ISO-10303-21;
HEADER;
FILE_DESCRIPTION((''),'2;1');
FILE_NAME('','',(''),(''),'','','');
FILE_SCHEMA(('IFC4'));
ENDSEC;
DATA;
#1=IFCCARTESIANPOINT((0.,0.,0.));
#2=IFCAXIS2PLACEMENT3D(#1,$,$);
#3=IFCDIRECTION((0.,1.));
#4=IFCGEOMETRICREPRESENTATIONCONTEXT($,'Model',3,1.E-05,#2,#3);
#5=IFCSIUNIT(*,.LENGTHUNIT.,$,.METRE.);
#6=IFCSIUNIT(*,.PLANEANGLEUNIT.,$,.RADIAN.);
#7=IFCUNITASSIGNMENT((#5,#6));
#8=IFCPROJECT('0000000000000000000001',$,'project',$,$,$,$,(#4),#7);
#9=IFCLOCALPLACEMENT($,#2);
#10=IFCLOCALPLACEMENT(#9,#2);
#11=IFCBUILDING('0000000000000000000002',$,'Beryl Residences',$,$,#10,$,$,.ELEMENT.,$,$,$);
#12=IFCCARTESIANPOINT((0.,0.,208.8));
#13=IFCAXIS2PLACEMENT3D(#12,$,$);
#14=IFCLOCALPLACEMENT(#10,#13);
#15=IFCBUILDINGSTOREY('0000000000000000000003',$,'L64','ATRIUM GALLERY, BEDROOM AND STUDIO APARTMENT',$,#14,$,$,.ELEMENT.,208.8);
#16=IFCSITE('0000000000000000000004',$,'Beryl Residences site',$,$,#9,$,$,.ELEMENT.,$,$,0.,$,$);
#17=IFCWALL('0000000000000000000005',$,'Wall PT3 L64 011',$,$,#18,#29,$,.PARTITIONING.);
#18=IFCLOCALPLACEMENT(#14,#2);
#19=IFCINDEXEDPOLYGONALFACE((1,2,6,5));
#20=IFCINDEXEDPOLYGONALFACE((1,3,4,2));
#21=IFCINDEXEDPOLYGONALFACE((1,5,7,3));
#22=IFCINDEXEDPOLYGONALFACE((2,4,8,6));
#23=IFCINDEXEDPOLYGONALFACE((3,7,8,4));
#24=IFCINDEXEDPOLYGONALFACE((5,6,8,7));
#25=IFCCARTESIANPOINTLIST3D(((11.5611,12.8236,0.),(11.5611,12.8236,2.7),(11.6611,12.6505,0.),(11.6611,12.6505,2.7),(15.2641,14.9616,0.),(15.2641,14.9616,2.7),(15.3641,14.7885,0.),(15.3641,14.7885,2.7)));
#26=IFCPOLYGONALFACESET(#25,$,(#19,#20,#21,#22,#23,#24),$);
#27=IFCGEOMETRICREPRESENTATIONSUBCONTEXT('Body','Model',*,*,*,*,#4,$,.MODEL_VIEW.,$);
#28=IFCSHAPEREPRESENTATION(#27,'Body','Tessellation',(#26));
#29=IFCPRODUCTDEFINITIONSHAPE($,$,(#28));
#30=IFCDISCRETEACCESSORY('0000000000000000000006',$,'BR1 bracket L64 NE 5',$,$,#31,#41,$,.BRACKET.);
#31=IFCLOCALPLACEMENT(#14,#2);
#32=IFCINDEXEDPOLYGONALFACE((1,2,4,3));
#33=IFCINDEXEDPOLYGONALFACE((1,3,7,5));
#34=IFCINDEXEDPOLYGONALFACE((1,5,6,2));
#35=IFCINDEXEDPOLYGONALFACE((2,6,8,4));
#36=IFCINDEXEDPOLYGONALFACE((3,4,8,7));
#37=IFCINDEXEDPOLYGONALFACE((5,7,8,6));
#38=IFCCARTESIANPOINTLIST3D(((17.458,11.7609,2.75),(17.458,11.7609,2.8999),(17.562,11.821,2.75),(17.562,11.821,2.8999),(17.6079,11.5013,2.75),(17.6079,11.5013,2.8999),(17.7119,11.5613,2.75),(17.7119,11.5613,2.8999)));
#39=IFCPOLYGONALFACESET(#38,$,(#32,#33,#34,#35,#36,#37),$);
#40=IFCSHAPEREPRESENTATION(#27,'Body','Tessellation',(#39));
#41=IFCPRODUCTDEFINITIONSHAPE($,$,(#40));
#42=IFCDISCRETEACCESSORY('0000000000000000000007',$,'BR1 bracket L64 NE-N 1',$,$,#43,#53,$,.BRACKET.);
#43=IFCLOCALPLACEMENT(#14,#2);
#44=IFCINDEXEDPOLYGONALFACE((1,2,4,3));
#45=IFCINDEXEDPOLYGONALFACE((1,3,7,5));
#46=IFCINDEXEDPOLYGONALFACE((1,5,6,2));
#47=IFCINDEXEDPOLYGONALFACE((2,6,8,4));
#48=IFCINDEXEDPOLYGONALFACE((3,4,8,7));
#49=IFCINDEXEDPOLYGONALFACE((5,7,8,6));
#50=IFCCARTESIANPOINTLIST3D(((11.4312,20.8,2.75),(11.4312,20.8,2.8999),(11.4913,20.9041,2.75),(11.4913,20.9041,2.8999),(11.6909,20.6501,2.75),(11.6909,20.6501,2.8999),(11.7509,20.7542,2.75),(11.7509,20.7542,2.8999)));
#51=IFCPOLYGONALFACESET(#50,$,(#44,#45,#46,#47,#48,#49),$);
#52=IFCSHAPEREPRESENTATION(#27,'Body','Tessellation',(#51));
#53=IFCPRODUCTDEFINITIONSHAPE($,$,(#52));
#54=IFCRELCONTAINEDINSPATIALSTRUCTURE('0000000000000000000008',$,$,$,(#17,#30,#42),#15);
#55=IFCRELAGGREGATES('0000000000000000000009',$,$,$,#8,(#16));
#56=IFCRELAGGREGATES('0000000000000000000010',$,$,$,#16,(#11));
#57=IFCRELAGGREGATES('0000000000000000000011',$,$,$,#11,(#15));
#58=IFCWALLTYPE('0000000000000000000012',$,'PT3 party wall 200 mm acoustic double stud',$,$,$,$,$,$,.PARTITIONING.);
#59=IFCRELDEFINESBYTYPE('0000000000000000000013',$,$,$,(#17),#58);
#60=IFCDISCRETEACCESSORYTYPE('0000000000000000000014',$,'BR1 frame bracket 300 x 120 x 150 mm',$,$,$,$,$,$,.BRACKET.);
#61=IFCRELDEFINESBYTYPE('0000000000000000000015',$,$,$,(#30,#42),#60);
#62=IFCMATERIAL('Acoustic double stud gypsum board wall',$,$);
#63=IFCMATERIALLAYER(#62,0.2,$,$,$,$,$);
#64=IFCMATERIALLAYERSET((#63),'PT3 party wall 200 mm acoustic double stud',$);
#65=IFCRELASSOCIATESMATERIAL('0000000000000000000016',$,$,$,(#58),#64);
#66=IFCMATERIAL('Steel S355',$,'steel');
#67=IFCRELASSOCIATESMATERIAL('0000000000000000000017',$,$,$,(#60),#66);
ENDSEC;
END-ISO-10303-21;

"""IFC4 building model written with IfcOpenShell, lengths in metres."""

from ifc_helpers import new_model, si_unit, direction, frame, frame_2d, origin, place, context, subcontext, project, spatial, polyline, rectangle, outline, extrude, source, transform, mapped, material, layer, layer_set, type_object, type_shapes, element, save


model = new_model("IFC4")

# Units and contexts
model_context = context("Model", 3, precision=1e-05, world=origin(), true_north=direction((0.0, 1.0)))
body_context = subcontext(model_context, "Body", "Model", "MODEL_VIEW")
ifc_project = project(units=[si_unit("LENGTHUNIT", "METRE"), si_unit("PLANEANGLEUNIT", "RADIAN")], contexts=[model_context])

# Site, building, storey
site_placement = place(None, origin())
site = spatial("IfcSite", under=ifc_project, at=site_placement, Name="Beryl Residences site", CompositionType="ELEMENT", RefElevation=0.0)
building_placement = place(site_placement, origin())
building = spatial("IfcBuilding", under=site, at=building_placement, Name="Beryl Residences", CompositionType="ELEMENT")
storey_placement = place(building_placement, frame((0.0, 0.0, 208.8)))
storey = spatial("IfcBuildingStorey", under=building, at=storey_placement, Name="L64", Description="ATRIUM GALLERY, BEDROOM AND STUDIO APARTMENT", CompositionType="ELEMENT", Elevation=208.8)

# Wall
ifc_material_1 = material(Name="Acoustic double stud gypsum board wall")
ifc_layer_1 = layer(ifc_material_1, 0.2)
ifc_layer_set_1 = layer_set([ifc_layer_1], Name="PT3 party wall 200 mm acoustic double stud")
wall_type_1 = type_object("IfcWallType", Name="PT3 party wall 200 mm acoustic double stud", PredefinedType="PARTITIONING", material=ifc_layer_set_1)
wall_1_placement = place(storey_placement, frame((11.6111, 12.7371, 0.0), z_axis=(0.0, 0.0, 1.0), x_axis=(0.866017, 0.500014, 0.0)))
element("IfcWall", 1, at=wall_1_placement, inside=storey, type_object=wall_type_1, Name="Wall PT3 L64 011", PredefinedType="PARTITIONING", context=body_context, shape_type="SweptSolid", body=[
    extrude(rectangle(XDim=4.2759, YDim=0.2, at=frame_2d((2.1379, 0.0))), origin(), (0.0, 0.0, 1.0), 2.7),
])

# Discrete accessories
ifc_material_2 = material(Name="Steel S355", Category="steel")
discrete_accessory_type = type_object("IfcDiscreteAccessoryType", Name="BR1 frame bracket 300 x 120 x 150 mm", PredefinedType="BRACKET", material=ifc_material_2)
shared_shape_1 = source(origin(), body_context, "Body", "SweptSolid", [
    extrude(outline(polyline([(-0.1499, 0.0), (0.1499, 0.0), (0.1499, 0.1201), (-0.1499, 0.1201), (-0.1499, 0.0)])), origin(), (0.0, 0.0, 1.0), 0.1499),
])
type_shapes(discrete_accessory_type, [shared_shape_1])
for number, where, z_axis, x_axis, name in (
    (2, (17.533, 11.6311, 2.75), (0.0, 0.0, 1.0), (0.5, -0.866025, 0.0), "BR1 bracket L64 NE 5"),
    (3, (11.561, 20.7251, 2.75), (0.0, 0.0, 1.0), (0.866025, -0.5, 0.0), "BR1 bracket L64 NE-N 1"),
):
    element("IfcDiscreteAccessory", number, at=place(storey_placement, frame(where, z_axis=z_axis, x_axis=x_axis)), inside=storey, type_object=discrete_accessory_type, Name=name, PredefinedType="BRACKET", context=body_context, shape_type="MappedRepresentation", body=[
        mapped(shared_shape_1, transform((0.0, 0.0, 0.0))),
    ])

save(model, "model.ifc")
